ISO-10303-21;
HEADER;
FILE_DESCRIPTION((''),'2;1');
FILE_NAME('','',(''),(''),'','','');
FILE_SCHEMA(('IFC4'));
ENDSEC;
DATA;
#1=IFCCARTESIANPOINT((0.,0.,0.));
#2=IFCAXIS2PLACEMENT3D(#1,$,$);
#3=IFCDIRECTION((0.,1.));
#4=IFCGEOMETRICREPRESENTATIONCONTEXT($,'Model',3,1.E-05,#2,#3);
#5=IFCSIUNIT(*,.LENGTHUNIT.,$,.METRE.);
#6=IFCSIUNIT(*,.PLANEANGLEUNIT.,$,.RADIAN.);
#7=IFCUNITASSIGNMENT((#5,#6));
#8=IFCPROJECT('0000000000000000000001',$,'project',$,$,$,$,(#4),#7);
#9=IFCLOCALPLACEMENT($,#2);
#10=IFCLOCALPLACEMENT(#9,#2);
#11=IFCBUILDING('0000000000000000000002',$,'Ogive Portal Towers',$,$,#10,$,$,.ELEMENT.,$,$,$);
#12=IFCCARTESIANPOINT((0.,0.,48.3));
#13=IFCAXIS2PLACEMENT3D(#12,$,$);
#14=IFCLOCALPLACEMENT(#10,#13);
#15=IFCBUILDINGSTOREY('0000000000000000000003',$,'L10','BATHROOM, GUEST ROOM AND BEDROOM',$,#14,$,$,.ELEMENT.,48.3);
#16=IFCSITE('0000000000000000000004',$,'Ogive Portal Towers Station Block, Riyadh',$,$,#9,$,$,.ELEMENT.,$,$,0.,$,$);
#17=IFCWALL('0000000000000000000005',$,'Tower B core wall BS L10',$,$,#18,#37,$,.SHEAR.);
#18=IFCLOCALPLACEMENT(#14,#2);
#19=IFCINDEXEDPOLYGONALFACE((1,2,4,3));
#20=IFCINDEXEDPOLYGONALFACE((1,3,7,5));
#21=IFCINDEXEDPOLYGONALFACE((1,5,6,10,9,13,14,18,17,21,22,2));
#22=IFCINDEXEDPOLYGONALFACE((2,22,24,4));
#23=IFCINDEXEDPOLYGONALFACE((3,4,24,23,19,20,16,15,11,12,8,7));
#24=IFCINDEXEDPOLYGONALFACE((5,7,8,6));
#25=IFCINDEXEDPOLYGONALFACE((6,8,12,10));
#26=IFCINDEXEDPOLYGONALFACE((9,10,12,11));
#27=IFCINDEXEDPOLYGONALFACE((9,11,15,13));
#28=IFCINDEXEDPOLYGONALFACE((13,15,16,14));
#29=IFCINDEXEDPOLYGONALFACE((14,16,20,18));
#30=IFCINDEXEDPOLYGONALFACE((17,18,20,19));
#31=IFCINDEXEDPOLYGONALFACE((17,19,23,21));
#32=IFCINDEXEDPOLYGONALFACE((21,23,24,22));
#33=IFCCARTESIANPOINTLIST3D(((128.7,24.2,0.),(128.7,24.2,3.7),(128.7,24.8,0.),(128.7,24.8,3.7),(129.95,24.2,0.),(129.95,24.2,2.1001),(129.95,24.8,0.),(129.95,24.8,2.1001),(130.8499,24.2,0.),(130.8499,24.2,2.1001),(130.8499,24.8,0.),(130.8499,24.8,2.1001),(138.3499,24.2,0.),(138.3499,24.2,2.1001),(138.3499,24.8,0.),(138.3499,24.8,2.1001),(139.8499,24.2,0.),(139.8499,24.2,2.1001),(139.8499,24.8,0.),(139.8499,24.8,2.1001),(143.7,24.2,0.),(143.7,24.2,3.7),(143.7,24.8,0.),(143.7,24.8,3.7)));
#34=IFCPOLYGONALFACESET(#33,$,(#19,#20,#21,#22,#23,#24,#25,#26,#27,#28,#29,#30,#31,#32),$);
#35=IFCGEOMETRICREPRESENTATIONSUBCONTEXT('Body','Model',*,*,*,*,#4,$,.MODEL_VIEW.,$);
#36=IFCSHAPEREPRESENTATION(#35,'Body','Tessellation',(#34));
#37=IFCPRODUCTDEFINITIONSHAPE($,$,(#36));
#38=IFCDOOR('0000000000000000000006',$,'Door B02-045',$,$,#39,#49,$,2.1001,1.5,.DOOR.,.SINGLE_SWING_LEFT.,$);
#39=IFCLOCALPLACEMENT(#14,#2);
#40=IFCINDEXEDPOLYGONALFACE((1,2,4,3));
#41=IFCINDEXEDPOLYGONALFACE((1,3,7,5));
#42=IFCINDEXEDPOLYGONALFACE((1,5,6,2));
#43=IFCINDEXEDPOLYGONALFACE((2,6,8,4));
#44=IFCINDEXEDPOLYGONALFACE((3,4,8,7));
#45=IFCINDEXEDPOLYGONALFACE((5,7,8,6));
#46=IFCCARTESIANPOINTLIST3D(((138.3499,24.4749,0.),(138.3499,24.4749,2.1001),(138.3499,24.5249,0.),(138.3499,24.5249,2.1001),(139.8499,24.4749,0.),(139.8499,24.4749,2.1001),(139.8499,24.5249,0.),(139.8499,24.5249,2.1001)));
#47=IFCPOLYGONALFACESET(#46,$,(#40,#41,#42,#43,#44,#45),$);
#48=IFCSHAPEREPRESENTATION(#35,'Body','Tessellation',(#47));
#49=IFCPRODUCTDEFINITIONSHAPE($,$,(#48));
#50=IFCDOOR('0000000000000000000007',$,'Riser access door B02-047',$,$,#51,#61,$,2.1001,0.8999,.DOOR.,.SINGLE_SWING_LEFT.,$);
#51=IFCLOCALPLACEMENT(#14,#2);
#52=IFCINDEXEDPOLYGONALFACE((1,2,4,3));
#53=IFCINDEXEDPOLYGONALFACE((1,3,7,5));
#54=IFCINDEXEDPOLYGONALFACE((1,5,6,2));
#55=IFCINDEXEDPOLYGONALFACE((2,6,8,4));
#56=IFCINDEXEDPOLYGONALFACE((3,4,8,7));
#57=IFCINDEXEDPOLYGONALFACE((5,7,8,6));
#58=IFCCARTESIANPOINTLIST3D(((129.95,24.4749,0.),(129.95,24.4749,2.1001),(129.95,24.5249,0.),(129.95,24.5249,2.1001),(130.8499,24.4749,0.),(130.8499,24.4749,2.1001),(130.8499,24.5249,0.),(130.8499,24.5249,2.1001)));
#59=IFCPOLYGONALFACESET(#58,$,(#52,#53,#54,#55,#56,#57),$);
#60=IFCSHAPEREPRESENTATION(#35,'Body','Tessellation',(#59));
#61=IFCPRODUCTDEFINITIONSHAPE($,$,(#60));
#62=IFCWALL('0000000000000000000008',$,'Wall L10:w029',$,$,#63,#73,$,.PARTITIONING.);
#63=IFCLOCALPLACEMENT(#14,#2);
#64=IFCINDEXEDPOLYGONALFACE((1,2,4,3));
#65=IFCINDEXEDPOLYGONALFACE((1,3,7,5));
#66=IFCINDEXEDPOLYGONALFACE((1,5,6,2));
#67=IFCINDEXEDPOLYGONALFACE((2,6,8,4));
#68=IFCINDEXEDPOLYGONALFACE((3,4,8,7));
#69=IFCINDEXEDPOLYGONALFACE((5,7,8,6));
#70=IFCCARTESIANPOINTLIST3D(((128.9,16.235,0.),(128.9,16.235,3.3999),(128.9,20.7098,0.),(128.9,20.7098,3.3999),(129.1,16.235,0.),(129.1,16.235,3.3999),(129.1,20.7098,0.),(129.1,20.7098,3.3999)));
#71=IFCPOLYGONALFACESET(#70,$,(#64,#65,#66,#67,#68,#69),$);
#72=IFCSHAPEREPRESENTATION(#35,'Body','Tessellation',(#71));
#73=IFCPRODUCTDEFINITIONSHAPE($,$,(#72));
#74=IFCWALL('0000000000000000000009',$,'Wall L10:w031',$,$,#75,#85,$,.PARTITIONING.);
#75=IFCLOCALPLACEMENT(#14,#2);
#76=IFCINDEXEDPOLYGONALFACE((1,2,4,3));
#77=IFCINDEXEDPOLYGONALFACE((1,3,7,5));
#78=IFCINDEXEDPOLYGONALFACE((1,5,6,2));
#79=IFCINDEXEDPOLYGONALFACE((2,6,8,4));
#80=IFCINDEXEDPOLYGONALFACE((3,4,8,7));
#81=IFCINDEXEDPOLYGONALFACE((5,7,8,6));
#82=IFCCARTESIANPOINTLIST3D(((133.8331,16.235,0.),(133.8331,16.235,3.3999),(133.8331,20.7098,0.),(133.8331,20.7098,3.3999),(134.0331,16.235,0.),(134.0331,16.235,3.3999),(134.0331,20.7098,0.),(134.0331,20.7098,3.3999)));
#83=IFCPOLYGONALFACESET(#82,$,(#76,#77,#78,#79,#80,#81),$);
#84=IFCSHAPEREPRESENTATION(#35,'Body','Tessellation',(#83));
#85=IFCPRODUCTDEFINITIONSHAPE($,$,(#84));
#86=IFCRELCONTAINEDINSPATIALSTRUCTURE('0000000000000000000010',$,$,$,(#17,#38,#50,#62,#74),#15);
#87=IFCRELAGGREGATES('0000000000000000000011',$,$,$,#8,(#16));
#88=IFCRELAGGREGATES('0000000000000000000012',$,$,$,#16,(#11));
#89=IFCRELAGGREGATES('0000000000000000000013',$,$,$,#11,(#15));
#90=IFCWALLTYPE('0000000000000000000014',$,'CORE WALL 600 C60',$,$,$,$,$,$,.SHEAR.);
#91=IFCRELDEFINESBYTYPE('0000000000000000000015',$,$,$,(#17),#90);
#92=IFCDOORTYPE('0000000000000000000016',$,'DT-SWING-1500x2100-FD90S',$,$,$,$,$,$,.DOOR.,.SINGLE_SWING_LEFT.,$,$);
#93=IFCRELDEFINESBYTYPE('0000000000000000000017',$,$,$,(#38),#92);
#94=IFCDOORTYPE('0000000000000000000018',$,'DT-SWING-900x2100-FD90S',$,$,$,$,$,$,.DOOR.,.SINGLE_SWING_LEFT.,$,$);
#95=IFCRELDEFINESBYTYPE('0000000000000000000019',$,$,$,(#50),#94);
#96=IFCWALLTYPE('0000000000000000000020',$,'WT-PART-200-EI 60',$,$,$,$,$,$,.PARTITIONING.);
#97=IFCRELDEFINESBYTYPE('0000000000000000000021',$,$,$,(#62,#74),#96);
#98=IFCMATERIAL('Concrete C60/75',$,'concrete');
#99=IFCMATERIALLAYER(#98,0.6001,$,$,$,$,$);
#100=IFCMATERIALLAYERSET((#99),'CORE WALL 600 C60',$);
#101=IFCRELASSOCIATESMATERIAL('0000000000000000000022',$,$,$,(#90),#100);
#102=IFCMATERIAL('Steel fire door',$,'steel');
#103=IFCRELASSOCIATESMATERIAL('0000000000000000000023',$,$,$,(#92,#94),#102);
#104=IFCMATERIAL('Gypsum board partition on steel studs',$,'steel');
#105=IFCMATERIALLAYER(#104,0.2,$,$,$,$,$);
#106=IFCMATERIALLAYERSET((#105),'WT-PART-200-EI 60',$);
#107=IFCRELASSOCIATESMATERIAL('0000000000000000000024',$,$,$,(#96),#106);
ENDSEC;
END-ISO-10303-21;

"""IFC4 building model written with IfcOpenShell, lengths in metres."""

from ifc_helpers import new_model, si_unit, direction, frame, frame_2d, origin, place, context, subcontext, project, spatial, rectangle, extrude, material, layer, layer_set, type_object, element, fill, save


model = new_model("IFC4")

# Units and contexts
model_context = context("Model", 3, precision=1e-05, world=origin(), true_north=direction((0.0, 1.0)))
body_context = subcontext(model_context, "Body", "Model", "MODEL_VIEW")
ifc_project = project(units=[si_unit("LENGTHUNIT", "METRE"), si_unit("PLANEANGLEUNIT", "RADIAN")], contexts=[model_context])

# Site, building, storey
site_placement = place(None, origin())
site = spatial("IfcSite", under=ifc_project, at=site_placement, Name="Ogive Portal Towers Station Block, Riyadh", CompositionType="ELEMENT", RefElevation=0.0)
building_placement = place(site_placement, origin())
building = spatial("IfcBuilding", under=site, at=building_placement, Name="Ogive Portal Towers", CompositionType="ELEMENT")
storey_placement = place(building_placement, frame((0.0, 0.0, 48.3)))
storey = spatial("IfcBuildingStorey", under=building, at=storey_placement, Name="L10", Description="BATHROOM, GUEST ROOM AND BEDROOM", CompositionType="ELEMENT", Elevation=48.3)

# Shared definitions
ifc_material_1 = material(Name="Concrete C60/75", Category="concrete")

# Shared definitions
ifc_material_2 = material(Name="Steel fire door", Category="steel")

# Shared definitions
ifc_layer_1 = layer(ifc_material_1, 0.6001)
ifc_layer_set_1 = layer_set([ifc_layer_1], Name="CORE WALL 600 C60")
wall_type_1 = type_object("IfcWallType", Name="CORE WALL 600 C60", PredefinedType="SHEAR", material=ifc_layer_set_1)

# Wall, openings, doors
wall_1_placement = place(storey_placement, frame((128.7, 24.5, 0.0), z_axis=(0.0, 0.0, 1.0), x_axis=(1.0, 0.0, 0.0)))
wall_1 = element("IfcWall", 1, at=wall_1_placement, inside=storey, type_object=wall_type_1, Name="Tower B core wall BS L10", PredefinedType="SHEAR", context=body_context, shape_type="SweptSolid", body=[
    extrude(rectangle(XDim=15.0, YDim=0.6001, at=frame_2d((7.5, 0.0))), origin(), (0.0, 0.0, 1.0), 3.7),
])
opening_1_placement = place(wall_1_placement, frame((9.6499, 0.0, 0.0)))
opening_1 = element("IfcOpeningElement", 2, at=opening_1_placement, cuts=wall_1, PredefinedType="OPENING", context=body_context, shape_type="SweptSolid", body=[
    extrude(rectangle(XDim=1.5, YDim=2.1001, at=frame_2d((0.75, 1.05))), frame((0.0, 0.3101, 0.0), z_axis=(0.0, -1.0, 0.0), x_axis=(1.0, 0.0, 0.0)), (0.0, 0.0, 1.0), 0.6201),
])
opening_2_placement = place(wall_1_placement, frame((1.25, 0.0, 0.0)))
opening_2 = element("IfcOpeningElement", 3, at=opening_2_placement, cuts=wall_1, PredefinedType="OPENING", context=body_context, shape_type="SweptSolid", body=[
    extrude(rectangle(XDim=0.8999, YDim=2.1001, at=frame_2d((0.45, 1.05))), frame((0.0, 0.3101, 0.0), z_axis=(0.0, -1.0, 0.0), x_axis=(1.0, 0.0, 0.0)), (0.0, 0.0, 1.0), 0.6201),
])
door_type_1 = type_object("IfcDoorType", Name="DT-SWING-1500x2100-FD90S", OperationType="SINGLE_SWING_LEFT", PredefinedType="DOOR", material=ifc_material_2)
door_1_placement = place(opening_1_placement, origin())
door_1 = element("IfcDoor", 4, at=door_1_placement, inside=storey, type_object=door_type_1, Name="Door B02-045", OperationType="SINGLE_SWING_LEFT", OverallHeight=2.1001, OverallWidth=1.5, PredefinedType="DOOR", context=body_context, shape_type="SweptSolid", body=[
    extrude(rectangle(XDim=1.5, YDim=2.1001, at=frame_2d((0.75, 1.05))), frame((0.0, 0.0249, 0.0), z_axis=(0.0, -1.0, 0.0), x_axis=(1.0, 0.0, 0.0)), (0.0, 0.0, 1.0), 0.05),
])
fill(opening_1, door_1)
door_type_2 = type_object("IfcDoorType", Name="DT-SWING-900x2100-FD90S", OperationType="SINGLE_SWING_LEFT", PredefinedType="DOOR", material=ifc_material_2)
door_2_placement = place(opening_2_placement, origin())
door_2 = element("IfcDoor", 5, at=door_2_placement, inside=storey, type_object=door_type_2, Name="Riser access door B02-047", OperationType="SINGLE_SWING_LEFT", OverallHeight=2.1001, OverallWidth=0.8999, PredefinedType="DOOR", context=body_context, shape_type="SweptSolid", body=[
    extrude(rectangle(XDim=0.8999, YDim=2.1001, at=frame_2d((0.45, 1.05))), frame((0.0, 0.0249, 0.0), z_axis=(0.0, -1.0, 0.0), x_axis=(1.0, 0.0, 0.0)), (0.0, 0.0, 1.0), 0.05),
])
fill(opening_2, door_2)

# Walls
ifc_material_3 = material(Name="Gypsum board partition on steel studs", Category="steel")
ifc_layer_2 = layer(ifc_material_3, 0.2)
ifc_layer_set_2 = layer_set([ifc_layer_2], Name="WT-PART-200-EI 60")
wall_type_2 = type_object("IfcWallType", Name="WT-PART-200-EI 60", PredefinedType="PARTITIONING", material=ifc_layer_set_2)
for number, where, z_axis, x_axis, name in (
    (6, (129.0, 16.2351, 0.0), (0.0, 0.0, 1.0), (0.0, 1.0, 0.0), "Wall L10:w029"),
    (7, (133.9331, 16.2351, 0.0), (0.0, 0.0, 1.0), (0.0, 1.0, 0.0), "Wall L10:w031"),
):
    element("IfcWall", number, at=place(storey_placement, frame(where, z_axis=z_axis, x_axis=x_axis)), inside=storey, type_object=wall_type_2, Name=name, PredefinedType="PARTITIONING", context=body_context, shape_type="SweptSolid", body=[
        extrude(rectangle(XDim=4.4749, YDim=0.2, at=frame_2d((2.2373, 0.0))), origin(), (0.0, 0.0, 1.0), 3.3999),
    ])

save(model, "model.ifc")
